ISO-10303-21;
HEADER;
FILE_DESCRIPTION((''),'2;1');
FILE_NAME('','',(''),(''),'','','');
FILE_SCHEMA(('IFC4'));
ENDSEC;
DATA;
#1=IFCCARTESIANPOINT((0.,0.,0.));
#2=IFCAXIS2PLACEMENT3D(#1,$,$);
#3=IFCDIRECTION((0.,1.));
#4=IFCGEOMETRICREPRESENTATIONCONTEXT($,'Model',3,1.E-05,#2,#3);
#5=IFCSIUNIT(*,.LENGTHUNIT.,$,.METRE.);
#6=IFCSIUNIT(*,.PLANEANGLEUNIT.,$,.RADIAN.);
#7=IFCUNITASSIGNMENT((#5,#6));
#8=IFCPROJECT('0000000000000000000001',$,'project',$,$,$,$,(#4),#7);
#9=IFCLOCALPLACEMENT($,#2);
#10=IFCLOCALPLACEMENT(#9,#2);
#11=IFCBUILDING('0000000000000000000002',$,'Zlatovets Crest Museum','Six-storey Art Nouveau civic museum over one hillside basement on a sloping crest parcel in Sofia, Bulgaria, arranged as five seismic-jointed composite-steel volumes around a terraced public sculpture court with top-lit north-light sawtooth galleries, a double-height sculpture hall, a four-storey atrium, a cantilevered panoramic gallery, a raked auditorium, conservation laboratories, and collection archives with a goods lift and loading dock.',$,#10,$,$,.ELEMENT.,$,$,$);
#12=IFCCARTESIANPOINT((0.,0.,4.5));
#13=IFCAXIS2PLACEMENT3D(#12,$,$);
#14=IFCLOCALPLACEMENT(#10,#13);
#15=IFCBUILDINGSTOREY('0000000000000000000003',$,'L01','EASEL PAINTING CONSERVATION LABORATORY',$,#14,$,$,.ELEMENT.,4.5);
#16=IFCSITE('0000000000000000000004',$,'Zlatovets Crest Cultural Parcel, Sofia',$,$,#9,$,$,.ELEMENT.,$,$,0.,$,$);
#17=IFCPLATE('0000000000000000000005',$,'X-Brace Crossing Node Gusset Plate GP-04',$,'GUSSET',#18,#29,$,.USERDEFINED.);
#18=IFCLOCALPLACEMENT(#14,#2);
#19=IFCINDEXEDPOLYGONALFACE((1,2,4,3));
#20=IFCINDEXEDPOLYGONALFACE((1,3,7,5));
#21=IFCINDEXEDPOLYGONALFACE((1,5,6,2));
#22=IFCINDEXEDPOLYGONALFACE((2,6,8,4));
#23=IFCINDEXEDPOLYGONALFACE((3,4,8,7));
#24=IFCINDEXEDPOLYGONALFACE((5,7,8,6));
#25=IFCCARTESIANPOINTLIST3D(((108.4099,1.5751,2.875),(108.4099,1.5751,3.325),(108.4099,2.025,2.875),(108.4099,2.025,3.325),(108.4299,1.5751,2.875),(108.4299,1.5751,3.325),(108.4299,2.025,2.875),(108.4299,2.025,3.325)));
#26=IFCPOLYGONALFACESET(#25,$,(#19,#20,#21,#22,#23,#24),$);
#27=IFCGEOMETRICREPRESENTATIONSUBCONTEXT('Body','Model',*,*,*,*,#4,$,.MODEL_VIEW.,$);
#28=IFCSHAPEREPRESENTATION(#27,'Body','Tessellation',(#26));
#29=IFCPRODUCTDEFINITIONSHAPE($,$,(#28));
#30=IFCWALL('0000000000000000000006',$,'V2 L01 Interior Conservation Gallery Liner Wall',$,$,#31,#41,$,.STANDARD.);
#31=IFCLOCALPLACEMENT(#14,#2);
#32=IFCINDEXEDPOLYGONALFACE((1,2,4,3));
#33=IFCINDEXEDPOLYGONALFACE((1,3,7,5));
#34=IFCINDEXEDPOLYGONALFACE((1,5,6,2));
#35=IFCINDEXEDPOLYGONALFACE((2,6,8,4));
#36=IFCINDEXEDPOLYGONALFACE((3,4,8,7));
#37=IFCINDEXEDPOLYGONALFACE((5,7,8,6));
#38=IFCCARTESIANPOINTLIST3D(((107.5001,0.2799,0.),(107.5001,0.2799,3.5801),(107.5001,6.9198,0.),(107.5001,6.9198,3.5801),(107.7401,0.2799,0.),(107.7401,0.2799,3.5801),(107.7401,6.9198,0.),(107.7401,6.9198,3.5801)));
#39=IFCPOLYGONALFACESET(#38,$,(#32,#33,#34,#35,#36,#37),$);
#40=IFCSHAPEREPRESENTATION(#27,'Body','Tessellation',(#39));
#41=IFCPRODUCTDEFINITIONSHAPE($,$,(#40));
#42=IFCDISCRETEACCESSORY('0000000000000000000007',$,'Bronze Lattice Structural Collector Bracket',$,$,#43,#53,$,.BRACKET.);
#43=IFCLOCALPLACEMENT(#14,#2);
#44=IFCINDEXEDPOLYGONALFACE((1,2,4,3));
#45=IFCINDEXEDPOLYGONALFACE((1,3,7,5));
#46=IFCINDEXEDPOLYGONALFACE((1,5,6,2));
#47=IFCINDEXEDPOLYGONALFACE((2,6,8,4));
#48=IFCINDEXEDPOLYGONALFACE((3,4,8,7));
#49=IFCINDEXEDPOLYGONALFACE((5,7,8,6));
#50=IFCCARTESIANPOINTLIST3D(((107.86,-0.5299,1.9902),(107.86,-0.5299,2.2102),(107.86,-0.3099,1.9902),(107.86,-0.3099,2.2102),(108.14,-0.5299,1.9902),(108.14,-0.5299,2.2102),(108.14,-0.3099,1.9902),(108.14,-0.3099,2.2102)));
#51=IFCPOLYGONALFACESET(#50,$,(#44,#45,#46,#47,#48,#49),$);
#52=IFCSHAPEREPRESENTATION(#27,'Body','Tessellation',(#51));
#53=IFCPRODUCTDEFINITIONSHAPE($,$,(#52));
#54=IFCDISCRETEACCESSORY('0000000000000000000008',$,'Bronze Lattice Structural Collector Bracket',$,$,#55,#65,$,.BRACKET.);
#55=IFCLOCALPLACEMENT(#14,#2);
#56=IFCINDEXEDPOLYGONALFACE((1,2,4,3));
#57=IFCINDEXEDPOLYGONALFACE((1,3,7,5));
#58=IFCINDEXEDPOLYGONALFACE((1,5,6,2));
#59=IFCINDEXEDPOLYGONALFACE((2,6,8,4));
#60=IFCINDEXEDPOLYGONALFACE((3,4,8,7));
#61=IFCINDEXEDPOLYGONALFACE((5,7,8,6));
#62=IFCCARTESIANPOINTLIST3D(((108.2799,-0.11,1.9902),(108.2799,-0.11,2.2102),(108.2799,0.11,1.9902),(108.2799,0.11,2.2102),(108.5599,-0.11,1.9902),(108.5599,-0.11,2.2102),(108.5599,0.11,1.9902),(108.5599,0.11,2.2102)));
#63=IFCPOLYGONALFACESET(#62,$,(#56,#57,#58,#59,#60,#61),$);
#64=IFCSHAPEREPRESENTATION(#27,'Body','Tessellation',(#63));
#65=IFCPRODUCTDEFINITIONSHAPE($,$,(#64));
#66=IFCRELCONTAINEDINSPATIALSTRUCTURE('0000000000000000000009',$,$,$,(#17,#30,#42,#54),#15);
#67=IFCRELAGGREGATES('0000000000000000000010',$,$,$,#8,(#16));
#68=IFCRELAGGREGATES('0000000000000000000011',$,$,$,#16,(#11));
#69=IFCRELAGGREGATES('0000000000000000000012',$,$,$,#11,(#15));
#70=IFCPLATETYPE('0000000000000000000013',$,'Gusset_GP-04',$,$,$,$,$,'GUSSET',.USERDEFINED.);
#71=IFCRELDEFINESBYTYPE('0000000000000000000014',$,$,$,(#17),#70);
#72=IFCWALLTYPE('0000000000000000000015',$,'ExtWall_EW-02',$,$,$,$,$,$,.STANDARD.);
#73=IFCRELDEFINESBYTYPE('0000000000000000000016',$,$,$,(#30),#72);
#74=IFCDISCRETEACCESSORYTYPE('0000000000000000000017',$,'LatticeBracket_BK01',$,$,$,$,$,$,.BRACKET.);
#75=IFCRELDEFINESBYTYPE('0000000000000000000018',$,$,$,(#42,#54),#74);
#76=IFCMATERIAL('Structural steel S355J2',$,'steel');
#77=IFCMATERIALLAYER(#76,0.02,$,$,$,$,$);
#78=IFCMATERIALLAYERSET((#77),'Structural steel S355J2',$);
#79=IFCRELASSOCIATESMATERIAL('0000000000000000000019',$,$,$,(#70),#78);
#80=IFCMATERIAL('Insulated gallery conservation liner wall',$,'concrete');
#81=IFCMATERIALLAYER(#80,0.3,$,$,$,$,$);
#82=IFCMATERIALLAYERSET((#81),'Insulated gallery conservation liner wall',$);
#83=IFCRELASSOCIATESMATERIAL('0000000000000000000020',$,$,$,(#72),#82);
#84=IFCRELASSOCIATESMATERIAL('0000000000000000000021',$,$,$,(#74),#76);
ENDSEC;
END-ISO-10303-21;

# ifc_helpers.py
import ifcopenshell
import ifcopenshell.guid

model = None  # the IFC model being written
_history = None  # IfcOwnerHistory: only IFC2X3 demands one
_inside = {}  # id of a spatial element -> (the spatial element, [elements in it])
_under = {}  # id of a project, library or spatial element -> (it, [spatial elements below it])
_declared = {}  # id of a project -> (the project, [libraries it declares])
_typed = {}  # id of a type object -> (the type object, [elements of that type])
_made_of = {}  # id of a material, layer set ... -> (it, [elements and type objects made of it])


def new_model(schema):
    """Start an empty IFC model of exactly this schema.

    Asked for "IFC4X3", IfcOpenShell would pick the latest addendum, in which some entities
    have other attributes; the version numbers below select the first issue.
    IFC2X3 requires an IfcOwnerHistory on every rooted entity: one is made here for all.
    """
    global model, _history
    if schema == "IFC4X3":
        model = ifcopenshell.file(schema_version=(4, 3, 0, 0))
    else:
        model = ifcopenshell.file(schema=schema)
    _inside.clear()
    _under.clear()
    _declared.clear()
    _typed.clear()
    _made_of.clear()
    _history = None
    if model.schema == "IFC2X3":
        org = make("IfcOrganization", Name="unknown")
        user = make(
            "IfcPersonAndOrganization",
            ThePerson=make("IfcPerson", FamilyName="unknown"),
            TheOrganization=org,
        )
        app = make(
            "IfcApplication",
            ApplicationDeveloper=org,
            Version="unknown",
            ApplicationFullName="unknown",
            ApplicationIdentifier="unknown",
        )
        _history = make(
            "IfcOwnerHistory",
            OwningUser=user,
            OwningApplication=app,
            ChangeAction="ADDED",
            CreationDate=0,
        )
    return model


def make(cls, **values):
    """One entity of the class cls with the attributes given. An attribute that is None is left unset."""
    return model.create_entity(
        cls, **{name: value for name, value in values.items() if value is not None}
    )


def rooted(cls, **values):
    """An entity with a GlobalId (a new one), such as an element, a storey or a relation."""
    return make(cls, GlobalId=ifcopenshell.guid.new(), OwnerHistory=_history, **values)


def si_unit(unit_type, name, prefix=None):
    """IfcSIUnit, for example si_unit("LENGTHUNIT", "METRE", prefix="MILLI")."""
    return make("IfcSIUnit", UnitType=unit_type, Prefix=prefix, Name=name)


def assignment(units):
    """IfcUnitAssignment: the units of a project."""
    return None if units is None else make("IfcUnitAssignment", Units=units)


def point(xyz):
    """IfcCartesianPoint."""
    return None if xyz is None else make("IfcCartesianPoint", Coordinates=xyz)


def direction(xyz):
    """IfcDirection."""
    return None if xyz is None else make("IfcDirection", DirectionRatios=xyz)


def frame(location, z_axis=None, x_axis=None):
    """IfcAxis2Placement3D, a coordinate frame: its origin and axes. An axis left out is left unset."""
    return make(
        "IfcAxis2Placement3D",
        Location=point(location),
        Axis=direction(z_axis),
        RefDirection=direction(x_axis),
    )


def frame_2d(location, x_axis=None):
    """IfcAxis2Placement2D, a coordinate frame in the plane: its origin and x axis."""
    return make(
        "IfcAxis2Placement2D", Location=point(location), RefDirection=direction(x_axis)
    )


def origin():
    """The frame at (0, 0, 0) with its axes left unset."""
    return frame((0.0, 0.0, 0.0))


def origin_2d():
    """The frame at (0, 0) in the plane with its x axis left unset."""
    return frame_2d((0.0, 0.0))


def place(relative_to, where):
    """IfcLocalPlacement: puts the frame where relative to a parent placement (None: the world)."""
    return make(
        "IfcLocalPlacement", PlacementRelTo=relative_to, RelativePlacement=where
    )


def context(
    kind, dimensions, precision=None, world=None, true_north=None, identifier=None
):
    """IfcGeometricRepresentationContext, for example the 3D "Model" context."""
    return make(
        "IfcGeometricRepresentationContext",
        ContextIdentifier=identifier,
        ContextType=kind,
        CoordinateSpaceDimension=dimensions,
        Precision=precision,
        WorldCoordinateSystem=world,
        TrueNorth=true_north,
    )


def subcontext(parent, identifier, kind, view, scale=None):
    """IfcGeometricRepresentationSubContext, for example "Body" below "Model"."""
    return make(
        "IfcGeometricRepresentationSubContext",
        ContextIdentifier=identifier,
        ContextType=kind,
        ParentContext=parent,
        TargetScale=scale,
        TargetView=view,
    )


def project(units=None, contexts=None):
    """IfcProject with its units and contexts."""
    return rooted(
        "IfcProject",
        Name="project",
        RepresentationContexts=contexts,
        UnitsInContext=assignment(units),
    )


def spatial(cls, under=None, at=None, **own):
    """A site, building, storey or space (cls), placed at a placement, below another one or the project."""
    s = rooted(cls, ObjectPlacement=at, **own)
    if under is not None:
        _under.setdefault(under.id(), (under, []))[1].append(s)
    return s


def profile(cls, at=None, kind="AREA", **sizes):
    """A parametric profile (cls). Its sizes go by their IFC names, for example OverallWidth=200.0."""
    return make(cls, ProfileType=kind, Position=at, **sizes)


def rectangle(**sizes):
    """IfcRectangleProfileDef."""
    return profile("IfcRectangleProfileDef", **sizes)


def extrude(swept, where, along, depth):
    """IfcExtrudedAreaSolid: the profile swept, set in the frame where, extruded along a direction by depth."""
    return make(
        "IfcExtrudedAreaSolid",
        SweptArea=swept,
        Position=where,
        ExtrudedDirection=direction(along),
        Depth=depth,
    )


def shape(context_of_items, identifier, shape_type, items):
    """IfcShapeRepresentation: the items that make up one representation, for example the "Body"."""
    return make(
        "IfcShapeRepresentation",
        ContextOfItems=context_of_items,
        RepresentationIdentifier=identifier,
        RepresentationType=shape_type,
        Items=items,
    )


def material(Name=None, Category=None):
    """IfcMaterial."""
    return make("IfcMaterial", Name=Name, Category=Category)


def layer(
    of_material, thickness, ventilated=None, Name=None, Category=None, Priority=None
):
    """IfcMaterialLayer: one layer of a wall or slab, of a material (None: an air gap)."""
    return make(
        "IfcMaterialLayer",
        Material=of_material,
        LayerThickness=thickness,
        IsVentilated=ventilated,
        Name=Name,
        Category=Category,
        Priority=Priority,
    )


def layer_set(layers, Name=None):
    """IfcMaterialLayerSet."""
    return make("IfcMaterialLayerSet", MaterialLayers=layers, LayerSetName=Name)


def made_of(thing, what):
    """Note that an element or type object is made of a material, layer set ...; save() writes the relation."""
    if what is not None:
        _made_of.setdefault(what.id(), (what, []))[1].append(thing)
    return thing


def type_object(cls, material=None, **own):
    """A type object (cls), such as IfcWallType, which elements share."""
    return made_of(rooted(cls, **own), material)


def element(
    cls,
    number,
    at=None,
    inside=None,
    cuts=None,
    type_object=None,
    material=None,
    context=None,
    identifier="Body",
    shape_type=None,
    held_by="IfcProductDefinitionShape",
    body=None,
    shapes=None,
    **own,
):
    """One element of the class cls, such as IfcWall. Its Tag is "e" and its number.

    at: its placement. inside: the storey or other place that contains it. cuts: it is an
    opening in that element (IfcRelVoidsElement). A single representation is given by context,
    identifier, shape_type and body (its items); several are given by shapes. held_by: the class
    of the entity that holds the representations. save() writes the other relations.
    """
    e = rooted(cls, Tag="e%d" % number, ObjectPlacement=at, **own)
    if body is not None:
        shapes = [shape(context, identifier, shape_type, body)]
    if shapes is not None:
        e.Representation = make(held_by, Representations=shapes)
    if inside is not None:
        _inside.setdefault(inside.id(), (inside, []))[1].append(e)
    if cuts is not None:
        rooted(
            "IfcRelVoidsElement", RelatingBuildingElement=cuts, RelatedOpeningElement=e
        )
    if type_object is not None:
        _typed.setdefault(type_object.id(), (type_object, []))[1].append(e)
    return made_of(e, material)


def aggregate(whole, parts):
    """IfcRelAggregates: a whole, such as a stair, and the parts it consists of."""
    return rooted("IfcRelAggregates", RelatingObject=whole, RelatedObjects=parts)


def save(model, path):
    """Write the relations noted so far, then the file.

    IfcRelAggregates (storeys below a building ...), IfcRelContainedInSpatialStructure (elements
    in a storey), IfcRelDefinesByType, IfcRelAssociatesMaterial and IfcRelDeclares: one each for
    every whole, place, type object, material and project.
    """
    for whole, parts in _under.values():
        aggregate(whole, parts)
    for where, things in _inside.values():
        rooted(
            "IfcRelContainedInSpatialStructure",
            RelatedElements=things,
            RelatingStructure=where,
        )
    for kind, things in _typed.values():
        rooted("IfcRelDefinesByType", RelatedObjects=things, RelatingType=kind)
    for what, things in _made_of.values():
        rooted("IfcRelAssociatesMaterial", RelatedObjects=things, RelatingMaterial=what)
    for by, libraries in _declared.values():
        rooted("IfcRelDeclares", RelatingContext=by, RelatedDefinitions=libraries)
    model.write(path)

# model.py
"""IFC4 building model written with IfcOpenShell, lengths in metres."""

from ifc_helpers import new_model, si_unit, direction, frame, frame_2d, origin, origin_2d, place, context, subcontext, project, spatial, rectangle, extrude, material, layer, layer_set, type_object, element, save


model = new_model("IFC4")

# Units and contexts
model_context = context("Model", 3, precision=1e-05, world=origin(), true_north=direction((0.0, 1.0)))
body_context = subcontext(model_context, "Body", "Model", "MODEL_VIEW")
ifc_project = project(units=[si_unit("LENGTHUNIT", "METRE"), si_unit("PLANEANGLEUNIT", "RADIAN")], contexts=[model_context])

# Site, building, storey
site_placement = place(None, origin())
site = spatial("IfcSite", under=ifc_project, at=site_placement, Name="Zlatovets Crest Cultural Parcel, Sofia", CompositionType="ELEMENT", RefElevation=0.0)
building_placement = place(site_placement, origin())
building = spatial("IfcBuilding", under=site, at=building_placement, Name="Zlatovets Crest Museum", Description="Six-storey Art Nouveau civic museum over one hillside basement on a sloping crest parcel in Sofia, Bulgaria, arranged as five seismic-jointed composite-steel volumes around a terraced public sculpture court with top-lit north-light sawtooth galleries, a double-height sculpture hall, a four-storey atrium, a cantilevered panoramic gallery, a raked auditorium, conservation laboratories, and collection archives with a goods lift and loading dock.", CompositionType="ELEMENT")
storey_placement = place(building_placement, frame((0.0, 0.0, 4.5)))
storey = spatial("IfcBuildingStorey", under=building, at=storey_placement, Name="L01", Description="EASEL PAINTING CONSERVATION LABORATORY", CompositionType="ELEMENT", Elevation=4.5)

# Shared definitions
ifc_material_1 = material(Name="Structural steel S355J2", Category="steel")

# Plate
ifc_layer_1 = layer(ifc_material_1, 0.02)
ifc_layer_set_1 = layer_set([ifc_layer_1], Name="Structural steel S355J2")
plate_type_1 = type_object("IfcPlateType", Name="Gusset_GP-04", ElementType="GUSSET", PredefinedType="USERDEFINED", material=ifc_layer_set_1)
for number, where, z_axis, x_axis, name in (
    (1, (108.4199, 1.8, 2.875), (0.0, 0.0, 1.0), (1.0, 0.0, 0.0), "X-Brace Crossing Node Gusset Plate GP-04"),
):
    element("IfcPlate", number, at=place(storey_placement, frame(where, z_axis=z_axis, x_axis=x_axis)), inside=storey, type_object=plate_type_1, Name=name, ObjectType="GUSSET", PredefinedType="USERDEFINED", context=body_context, shape_type="SweptSolid", body=[
        extrude(rectangle(XDim=0.02, YDim=0.45, at=origin_2d()), origin(), (0.0, 0.0, 1.0), 0.45),
    ])

# Wall
ifc_material_2 = material(Name="Insulated gallery conservation liner wall", Category="concrete")
ifc_layer_2 = layer(ifc_material_2, 0.3)
ifc_layer_set_2 = layer_set([ifc_layer_2], Name="Insulated gallery conservation liner wall")
wall_type = type_object("IfcWallType", Name="ExtWall_EW-02", PredefinedType="STANDARD", material=ifc_layer_set_2)
wall_placement = place(storey_placement, frame((107.6201, 0.28, 0.0), z_axis=(0.0, 0.0, 1.0), x_axis=(0.0, 1.0, 0.0)))
element("IfcWall", 2, at=wall_placement, inside=storey, type_object=wall_type, Name="V2 L01 Interior Conservation Gallery Liner Wall", PredefinedType="STANDARD", context=body_context, shape_type="SweptSolid", body=[
    extrude(rectangle(XDim=6.6399, YDim=0.24, at=frame_2d((3.3198, 0.0))), origin(), (0.0, 0.0, 1.0), 3.5801),
])

# Discrete accessories
discrete_accessory_type = type_object("IfcDiscreteAccessoryType", Name="LatticeBracket_BK01", PredefinedType="BRACKET", material=ifc_material_1)
for number, where, z_axis, x_axis, name in (
    (3, (108.0, -0.4199, 1.9902), (0.0, 0.0, 1.0), (1.0, 0.0, 0.0), "Bronze Lattice Structural Collector Bracket"),
    (4, (108.4199, 0.0, 1.9902), (0.0, 0.0, 1.0), (1.0, 0.0, 0.0), "Bronze Lattice Structural Collector Bracket"),
):
    element("IfcDiscreteAccessory", number, at=place(storey_placement, frame(where, z_axis=z_axis, x_axis=x_axis)), inside=storey, type_object=discrete_accessory_type, Name=name, PredefinedType="BRACKET", context=body_context, shape_type="SweptSolid", body=[
        extrude(rectangle(XDim=0.28, YDim=0.22, at=origin_2d()), origin(), (0.0, 0.0, 1.0), 0.22),
    ])

save(model, "model.ifc")
